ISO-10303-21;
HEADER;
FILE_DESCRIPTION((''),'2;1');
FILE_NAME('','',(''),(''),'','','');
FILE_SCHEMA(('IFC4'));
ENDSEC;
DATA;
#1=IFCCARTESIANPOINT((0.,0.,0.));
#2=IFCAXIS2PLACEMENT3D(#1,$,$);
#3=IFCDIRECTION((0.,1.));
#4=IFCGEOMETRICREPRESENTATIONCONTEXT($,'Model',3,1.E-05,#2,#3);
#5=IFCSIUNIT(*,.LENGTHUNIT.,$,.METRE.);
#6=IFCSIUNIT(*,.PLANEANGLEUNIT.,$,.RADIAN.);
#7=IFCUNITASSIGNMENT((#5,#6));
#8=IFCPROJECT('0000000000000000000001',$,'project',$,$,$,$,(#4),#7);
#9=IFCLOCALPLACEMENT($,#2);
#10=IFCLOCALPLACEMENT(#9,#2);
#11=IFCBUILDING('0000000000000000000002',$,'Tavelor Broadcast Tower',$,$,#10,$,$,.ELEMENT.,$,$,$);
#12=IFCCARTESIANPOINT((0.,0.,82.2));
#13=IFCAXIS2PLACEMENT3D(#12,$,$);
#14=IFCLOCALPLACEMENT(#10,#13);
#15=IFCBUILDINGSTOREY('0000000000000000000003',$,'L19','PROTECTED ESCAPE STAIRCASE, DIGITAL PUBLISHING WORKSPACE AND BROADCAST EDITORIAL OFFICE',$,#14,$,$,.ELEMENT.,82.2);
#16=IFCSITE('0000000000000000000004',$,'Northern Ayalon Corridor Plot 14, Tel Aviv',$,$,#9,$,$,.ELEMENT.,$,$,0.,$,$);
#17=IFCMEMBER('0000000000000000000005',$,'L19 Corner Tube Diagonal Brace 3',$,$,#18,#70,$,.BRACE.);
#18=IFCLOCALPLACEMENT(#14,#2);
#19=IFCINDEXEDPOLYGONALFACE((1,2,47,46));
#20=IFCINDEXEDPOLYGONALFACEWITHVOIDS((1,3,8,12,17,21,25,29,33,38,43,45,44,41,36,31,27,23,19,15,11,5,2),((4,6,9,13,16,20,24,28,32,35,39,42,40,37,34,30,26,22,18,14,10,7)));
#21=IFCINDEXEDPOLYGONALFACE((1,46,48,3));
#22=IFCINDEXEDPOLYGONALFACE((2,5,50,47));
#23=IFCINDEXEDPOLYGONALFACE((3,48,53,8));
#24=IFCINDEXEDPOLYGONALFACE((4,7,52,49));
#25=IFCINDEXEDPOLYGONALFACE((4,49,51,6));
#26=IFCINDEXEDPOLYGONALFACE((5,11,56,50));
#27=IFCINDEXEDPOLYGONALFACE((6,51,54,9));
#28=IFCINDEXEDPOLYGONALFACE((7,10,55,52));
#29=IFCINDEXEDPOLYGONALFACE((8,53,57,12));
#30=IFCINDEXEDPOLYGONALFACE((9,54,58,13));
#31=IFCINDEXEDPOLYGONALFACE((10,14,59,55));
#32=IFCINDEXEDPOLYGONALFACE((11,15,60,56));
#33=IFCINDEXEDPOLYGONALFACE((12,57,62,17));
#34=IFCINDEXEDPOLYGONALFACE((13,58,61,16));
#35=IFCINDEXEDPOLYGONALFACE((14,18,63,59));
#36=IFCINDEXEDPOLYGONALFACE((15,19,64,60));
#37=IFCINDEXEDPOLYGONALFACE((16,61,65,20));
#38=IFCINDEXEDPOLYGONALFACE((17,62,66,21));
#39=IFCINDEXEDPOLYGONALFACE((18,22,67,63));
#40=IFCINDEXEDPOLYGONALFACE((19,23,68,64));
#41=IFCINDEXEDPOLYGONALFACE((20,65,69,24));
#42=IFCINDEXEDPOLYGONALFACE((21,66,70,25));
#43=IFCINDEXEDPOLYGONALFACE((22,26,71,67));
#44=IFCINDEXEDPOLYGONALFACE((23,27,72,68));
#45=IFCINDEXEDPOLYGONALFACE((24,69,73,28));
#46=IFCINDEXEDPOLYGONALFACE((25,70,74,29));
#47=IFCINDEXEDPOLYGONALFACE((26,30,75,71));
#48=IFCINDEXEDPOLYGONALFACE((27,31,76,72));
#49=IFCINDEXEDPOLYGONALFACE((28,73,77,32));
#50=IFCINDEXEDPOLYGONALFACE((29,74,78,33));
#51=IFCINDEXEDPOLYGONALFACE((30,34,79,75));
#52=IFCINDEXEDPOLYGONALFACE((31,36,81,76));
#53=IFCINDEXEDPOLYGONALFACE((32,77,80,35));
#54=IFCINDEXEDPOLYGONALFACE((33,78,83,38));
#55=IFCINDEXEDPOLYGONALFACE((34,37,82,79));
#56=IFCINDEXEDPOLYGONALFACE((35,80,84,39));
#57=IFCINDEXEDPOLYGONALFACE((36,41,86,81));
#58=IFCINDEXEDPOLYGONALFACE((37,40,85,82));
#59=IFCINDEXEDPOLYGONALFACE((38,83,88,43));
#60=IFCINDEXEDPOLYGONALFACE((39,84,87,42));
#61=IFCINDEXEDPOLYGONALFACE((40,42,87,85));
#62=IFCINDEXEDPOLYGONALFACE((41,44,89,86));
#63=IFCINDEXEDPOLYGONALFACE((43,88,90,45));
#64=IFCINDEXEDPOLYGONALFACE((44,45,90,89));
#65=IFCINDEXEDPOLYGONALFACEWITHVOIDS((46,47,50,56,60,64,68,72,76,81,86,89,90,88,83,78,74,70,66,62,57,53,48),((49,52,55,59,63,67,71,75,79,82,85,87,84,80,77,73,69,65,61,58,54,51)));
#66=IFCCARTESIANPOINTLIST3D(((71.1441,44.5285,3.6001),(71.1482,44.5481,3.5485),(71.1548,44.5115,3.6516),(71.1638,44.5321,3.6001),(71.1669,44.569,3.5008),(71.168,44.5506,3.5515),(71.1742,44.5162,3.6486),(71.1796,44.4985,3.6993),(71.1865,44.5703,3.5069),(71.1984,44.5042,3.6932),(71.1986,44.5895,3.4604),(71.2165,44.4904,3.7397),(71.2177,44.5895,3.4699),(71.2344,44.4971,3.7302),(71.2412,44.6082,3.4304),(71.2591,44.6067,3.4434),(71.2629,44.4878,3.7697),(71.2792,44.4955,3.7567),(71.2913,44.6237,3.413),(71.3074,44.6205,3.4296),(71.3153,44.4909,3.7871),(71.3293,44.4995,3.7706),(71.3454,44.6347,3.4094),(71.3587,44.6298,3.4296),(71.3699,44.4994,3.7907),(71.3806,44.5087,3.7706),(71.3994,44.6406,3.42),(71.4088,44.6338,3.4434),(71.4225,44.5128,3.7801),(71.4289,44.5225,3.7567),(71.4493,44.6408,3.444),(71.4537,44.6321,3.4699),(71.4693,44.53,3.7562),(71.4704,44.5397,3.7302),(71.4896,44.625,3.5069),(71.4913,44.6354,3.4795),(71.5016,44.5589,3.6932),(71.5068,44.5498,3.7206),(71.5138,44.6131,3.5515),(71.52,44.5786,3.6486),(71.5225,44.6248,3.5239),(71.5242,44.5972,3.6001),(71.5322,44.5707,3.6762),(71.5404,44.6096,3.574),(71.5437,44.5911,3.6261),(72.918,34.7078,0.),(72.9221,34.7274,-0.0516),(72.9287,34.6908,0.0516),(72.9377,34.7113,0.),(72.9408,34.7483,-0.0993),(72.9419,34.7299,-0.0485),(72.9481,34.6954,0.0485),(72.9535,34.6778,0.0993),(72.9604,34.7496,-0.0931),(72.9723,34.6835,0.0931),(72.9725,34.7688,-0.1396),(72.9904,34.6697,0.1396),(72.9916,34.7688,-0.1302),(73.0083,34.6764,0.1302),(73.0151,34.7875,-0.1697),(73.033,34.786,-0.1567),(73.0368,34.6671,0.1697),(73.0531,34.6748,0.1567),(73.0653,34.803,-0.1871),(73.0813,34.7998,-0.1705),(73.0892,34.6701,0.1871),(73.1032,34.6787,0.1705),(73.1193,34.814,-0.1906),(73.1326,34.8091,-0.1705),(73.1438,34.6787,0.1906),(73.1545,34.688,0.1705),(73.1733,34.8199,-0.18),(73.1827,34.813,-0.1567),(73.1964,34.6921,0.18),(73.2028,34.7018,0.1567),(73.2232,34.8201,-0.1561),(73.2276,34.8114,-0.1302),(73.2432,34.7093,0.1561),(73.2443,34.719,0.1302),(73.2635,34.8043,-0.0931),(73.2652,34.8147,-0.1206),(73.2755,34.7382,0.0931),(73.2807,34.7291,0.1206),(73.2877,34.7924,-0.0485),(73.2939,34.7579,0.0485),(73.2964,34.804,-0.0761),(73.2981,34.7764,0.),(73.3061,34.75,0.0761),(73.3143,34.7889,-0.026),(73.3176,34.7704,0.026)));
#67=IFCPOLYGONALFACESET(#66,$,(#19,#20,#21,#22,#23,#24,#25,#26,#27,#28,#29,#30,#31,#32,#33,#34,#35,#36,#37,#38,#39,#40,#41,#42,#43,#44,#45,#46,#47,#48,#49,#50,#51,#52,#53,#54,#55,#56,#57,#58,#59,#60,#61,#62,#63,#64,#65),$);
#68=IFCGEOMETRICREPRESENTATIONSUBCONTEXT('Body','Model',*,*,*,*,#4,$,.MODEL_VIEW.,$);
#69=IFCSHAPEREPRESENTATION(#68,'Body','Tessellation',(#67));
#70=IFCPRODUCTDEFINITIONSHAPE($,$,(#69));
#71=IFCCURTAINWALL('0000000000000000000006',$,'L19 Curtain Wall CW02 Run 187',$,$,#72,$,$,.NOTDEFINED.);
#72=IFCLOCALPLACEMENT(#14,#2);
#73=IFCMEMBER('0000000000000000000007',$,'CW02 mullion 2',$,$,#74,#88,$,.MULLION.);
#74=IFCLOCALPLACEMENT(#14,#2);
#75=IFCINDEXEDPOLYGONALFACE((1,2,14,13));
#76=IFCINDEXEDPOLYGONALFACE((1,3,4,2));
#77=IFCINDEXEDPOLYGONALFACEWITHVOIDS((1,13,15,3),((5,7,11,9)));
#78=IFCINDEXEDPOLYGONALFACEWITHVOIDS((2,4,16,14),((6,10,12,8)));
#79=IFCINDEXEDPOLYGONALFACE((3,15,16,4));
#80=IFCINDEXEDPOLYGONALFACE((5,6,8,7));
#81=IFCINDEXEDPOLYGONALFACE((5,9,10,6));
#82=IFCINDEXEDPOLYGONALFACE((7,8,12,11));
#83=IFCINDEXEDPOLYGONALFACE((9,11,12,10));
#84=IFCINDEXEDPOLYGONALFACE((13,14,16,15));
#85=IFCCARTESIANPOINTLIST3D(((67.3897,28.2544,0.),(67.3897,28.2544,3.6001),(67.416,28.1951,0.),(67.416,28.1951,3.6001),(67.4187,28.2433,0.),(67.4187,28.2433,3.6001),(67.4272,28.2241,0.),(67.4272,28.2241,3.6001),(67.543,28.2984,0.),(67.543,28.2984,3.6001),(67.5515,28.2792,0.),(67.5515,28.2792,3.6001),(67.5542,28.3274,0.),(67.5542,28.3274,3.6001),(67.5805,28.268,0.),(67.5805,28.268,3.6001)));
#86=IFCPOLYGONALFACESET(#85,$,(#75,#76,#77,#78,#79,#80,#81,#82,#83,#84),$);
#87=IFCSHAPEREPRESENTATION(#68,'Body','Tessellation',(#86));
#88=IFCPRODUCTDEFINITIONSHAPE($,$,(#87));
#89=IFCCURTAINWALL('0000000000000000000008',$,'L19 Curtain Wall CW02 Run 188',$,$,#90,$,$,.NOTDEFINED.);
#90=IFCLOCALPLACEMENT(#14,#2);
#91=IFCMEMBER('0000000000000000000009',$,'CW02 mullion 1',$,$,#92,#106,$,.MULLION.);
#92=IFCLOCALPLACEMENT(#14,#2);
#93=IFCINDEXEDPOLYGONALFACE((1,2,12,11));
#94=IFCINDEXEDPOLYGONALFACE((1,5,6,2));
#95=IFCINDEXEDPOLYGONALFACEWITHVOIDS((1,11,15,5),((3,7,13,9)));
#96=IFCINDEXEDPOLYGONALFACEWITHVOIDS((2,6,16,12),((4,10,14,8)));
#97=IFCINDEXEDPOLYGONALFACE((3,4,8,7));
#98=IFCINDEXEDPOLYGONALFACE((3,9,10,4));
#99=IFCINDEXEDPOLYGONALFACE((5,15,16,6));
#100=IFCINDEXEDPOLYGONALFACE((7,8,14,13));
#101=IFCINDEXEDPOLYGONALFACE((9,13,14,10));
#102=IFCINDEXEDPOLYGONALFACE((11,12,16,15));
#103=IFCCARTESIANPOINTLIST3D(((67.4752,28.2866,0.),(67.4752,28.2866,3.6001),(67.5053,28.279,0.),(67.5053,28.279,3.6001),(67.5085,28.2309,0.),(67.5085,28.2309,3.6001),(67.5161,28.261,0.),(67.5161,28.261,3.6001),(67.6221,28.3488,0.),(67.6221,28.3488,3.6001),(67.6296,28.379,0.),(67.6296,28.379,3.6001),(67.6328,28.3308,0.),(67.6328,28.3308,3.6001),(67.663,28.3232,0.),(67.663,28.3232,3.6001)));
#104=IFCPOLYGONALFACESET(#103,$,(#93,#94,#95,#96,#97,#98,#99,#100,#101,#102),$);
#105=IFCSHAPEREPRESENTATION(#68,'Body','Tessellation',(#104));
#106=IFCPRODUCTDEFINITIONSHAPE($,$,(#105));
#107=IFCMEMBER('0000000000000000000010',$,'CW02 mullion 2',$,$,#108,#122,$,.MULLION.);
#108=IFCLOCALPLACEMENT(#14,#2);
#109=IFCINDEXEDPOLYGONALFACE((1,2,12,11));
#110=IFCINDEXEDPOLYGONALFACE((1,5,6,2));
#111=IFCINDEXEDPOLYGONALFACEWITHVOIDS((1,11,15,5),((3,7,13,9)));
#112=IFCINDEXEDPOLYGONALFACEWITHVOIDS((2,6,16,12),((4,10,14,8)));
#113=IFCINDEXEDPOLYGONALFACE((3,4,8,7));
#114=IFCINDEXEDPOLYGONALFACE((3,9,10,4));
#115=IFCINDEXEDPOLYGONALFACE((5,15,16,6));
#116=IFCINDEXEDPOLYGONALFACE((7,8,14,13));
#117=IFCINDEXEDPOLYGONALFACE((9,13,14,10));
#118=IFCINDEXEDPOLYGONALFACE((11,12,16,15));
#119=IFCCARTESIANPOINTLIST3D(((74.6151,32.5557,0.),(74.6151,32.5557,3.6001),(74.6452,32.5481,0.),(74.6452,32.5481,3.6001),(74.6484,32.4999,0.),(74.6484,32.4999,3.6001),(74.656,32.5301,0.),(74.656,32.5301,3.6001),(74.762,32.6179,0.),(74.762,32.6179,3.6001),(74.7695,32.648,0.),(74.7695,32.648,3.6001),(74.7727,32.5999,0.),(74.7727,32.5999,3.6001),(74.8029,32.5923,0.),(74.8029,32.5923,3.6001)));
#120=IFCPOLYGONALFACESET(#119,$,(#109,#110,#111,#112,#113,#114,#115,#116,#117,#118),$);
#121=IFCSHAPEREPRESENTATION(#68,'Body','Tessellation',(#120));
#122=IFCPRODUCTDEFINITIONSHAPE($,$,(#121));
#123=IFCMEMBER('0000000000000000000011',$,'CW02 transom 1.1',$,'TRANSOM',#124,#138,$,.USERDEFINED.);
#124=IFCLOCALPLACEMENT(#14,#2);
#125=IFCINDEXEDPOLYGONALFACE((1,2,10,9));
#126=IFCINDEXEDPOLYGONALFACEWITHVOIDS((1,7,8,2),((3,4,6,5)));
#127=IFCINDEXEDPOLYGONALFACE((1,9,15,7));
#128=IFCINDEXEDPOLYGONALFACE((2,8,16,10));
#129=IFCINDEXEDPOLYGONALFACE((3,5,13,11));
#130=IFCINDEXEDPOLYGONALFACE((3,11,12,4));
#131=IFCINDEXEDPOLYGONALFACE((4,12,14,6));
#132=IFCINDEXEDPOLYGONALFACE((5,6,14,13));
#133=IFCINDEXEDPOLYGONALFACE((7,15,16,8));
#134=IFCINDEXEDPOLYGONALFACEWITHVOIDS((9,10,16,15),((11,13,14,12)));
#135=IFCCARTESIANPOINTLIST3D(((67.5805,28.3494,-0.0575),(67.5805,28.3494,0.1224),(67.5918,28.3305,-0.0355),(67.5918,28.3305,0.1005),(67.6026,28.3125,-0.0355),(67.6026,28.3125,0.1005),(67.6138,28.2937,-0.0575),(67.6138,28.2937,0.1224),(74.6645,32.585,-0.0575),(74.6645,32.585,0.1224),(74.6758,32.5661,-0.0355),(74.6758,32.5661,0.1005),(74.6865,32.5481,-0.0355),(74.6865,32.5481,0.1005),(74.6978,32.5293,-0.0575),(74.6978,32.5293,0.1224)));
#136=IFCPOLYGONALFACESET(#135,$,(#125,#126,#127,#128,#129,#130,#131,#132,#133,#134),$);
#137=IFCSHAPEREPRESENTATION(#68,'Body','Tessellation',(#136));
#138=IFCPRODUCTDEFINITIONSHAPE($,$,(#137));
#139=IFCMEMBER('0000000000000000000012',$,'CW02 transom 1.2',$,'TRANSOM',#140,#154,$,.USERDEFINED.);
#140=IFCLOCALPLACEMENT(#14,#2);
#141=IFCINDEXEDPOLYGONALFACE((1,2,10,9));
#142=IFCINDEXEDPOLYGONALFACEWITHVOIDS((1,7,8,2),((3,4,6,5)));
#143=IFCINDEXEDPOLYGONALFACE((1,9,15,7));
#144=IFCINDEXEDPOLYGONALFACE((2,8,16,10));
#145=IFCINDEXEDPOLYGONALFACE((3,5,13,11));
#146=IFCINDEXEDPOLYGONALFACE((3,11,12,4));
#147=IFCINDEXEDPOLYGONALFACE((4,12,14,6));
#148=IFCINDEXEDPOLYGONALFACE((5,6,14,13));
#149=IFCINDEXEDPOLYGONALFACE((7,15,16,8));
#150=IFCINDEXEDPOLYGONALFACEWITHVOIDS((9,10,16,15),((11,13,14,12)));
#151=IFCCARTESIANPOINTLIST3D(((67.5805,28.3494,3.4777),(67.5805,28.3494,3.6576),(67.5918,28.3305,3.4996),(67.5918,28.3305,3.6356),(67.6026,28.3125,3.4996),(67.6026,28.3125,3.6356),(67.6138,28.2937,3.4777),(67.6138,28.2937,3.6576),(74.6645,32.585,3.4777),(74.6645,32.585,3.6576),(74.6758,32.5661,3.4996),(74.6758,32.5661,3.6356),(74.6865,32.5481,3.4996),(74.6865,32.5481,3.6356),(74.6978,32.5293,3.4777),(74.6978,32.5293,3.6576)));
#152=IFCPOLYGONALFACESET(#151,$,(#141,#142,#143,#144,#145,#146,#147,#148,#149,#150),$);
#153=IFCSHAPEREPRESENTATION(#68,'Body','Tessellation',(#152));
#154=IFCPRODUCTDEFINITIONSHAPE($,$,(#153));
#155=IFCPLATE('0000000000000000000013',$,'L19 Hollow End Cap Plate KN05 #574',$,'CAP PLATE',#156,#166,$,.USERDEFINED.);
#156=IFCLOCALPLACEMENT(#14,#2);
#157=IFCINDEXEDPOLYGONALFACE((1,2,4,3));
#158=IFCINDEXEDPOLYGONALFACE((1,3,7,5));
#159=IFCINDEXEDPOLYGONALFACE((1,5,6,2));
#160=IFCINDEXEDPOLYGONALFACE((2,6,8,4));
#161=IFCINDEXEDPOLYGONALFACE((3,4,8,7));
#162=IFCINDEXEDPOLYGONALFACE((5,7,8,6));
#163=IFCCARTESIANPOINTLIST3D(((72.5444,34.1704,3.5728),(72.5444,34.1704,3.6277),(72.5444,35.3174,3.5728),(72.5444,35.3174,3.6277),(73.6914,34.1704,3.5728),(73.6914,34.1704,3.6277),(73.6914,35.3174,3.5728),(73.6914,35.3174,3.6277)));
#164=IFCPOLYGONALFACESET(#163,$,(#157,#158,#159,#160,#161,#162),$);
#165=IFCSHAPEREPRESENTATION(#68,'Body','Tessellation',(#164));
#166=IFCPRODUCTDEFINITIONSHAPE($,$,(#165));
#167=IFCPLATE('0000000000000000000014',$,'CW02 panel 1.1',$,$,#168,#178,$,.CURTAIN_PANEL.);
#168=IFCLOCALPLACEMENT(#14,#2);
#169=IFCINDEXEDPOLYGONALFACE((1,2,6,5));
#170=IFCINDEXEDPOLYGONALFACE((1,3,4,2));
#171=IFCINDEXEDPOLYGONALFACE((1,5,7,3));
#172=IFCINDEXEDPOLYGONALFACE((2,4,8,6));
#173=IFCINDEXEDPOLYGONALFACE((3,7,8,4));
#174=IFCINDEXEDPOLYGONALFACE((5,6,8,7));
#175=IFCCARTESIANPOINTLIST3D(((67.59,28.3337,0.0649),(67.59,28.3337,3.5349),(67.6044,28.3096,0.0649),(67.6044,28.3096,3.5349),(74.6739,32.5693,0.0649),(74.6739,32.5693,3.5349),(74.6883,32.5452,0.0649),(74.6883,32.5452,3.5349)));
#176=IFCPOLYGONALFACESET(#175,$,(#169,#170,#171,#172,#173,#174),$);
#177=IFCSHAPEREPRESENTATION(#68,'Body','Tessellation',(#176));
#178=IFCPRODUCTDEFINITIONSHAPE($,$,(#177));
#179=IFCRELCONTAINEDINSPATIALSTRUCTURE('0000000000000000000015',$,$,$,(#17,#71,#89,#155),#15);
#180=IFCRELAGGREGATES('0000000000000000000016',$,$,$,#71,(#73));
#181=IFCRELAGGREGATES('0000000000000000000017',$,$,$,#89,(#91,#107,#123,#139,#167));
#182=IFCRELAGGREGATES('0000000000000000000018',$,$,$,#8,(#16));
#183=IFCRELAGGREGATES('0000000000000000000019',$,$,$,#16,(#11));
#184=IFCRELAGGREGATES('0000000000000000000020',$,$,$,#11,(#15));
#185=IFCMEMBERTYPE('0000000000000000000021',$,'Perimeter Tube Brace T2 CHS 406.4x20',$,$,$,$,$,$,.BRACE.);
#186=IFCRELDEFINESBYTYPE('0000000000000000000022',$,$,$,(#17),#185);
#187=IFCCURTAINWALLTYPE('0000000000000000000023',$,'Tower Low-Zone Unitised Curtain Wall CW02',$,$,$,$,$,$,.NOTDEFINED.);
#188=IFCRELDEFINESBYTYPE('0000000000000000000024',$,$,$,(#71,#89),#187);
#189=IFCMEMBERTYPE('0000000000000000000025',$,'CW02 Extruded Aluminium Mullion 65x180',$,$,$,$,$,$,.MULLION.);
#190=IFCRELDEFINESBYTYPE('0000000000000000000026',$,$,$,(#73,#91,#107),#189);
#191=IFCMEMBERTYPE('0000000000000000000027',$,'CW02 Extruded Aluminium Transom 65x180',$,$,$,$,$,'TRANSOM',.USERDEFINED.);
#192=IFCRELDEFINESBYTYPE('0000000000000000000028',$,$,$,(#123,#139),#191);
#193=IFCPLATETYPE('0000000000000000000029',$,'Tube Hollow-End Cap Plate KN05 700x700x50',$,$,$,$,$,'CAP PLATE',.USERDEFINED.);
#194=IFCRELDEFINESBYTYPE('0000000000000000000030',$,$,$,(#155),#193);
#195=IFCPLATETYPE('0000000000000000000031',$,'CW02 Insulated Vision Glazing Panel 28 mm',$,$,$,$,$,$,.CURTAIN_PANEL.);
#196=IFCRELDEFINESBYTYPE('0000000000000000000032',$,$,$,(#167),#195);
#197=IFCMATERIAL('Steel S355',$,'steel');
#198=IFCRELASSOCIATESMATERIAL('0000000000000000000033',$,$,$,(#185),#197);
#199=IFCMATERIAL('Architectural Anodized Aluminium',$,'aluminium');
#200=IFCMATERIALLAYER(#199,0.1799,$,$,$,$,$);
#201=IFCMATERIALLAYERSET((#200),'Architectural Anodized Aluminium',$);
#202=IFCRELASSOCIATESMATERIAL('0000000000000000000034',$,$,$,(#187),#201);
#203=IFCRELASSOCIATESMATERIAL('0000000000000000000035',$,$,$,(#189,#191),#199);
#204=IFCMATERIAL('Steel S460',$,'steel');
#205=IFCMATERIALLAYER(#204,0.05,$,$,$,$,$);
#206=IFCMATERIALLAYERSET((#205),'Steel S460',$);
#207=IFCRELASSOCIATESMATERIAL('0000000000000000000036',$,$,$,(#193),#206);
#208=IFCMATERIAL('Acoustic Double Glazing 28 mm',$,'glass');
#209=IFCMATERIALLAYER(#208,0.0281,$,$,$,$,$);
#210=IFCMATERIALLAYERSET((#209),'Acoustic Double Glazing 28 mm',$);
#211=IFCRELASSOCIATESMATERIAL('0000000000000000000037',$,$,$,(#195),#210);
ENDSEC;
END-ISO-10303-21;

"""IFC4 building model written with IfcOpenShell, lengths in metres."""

from ifc_helpers import new_model, si_unit, direction, frame, origin, origin_2d, place, context, subcontext, project, spatial, rectangle, hollow_rectangle, hollow_circle, extrude, source, transform, mapped, material, layer, layer_set, material_profile, profile_set, type_object, type_shapes, element, aggregate, save


model = new_model("IFC4")

# Units and contexts
model_context = context("Model", 3, precision=1e-05, world=origin(), true_north=direction((0.0, 1.0)))
body_context = subcontext(model_context, "Body", "Model", "MODEL_VIEW")
ifc_project = project(units=[si_unit("LENGTHUNIT", "METRE"), si_unit("PLANEANGLEUNIT", "RADIAN")], contexts=[model_context])

# Site, building, storey
site_placement = place(None, origin())
site = spatial("IfcSite", under=ifc_project, at=site_placement, Name="Northern Ayalon Corridor Plot 14, Tel Aviv", CompositionType="ELEMENT", RefElevation=0.0)
building_placement = place(site_placement, origin())
building = spatial("IfcBuilding", under=site, at=building_placement, Name="Tavelor Broadcast Tower", CompositionType="ELEMENT")
storey_placement = place(building_placement, frame((0.0, 0.0, 82.2)))
storey = spatial("IfcBuildingStorey", under=building, at=storey_placement, Name="L19", Description="PROTECTED ESCAPE STAIRCASE, DIGITAL PUBLISHING WORKSPACE AND BROADCAST EDITORIAL OFFICE", CompositionType="ELEMENT", Elevation=82.2)

# Shared definitions
ifc_material_1 = material(Name="Steel S460", Category="steel")

# Shared definitions
ifc_material_2 = material(Name="Steel S355", Category="steel")

# Member
ifc_material_profile_1 = material_profile(ifc_material_2, hollow_circle(Radius=0.2031, WallThickness=0.02, at=origin_2d()), Name="CHS 406.4x20")
ifc_profile_set_1 = profile_set([ifc_material_profile_1], Name="Steel S355")
member_type_1 = type_object("IfcMemberType", Name="Perimeter Tube Brace T2 CHS 406.4x20", PredefinedType="BRACE", material=ifc_profile_set_1)
member_1_placement = place(storey_placement, frame((73.1179, 34.7439, 0.0), z_axis=(-0.167206, 0.925685, 0.339337), x_axis=(-0.984075, -0.177753, 0.0)))
element("IfcMember", 1, at=member_1_placement, inside=storey, type_object=member_type_1, Name="L19 Corner Tube Diagonal Brace 3", PredefinedType="BRACE", context=body_context, shape_type="SweptSolid", body=[
    extrude(hollow_circle(Radius=0.2031, WallThickness=0.02, at=origin_2d()), origin(), (0.0, 0.0, 1.0), 10.6091),
])

# Curtain wall, member
ifc_material_3 = material(Name="Architectural Anodized Aluminium", Category="aluminium")
ifc_layer_1 = layer(ifc_material_3, 0.1799)
ifc_layer_set_1 = layer_set([ifc_layer_1], Name="Architectural Anodized Aluminium")
curtain_wall_type = type_object("IfcCurtainWallType", Name="Tower Low-Zone Unitised Curtain Wall CW02", PredefinedType="NOTDEFINED", material=ifc_layer_set_1)
curtain_wall_1_placement = place(storey_placement, origin())
curtain_wall_1 = element("IfcCurtainWall", 2, at=curtain_wall_1_placement, inside=storey, type_object=curtain_wall_type, Name="L19 Curtain Wall CW02 Run 187", PredefinedType="NOTDEFINED")
ifc_material_profile_2 = material_profile(ifc_material_3, hollow_rectangle(XDim=0.0649, YDim=0.1799, WallThickness=0.022, at=origin_2d()), Name="RHS 65x180x22")
ifc_profile_set_2 = profile_set([ifc_material_profile_2], Name="Architectural Anodized Aluminium")
member_type_2 = type_object("IfcMemberType", Name="CW02 Extruded Aluminium Mullion 65x180", PredefinedType="MULLION", material=ifc_profile_set_2)
shared_shape_1 = source(origin(), body_context, "Body", "SweptSolid", [
    extrude(hollow_rectangle(XDim=0.0649, YDim=0.1799, WallThickness=0.022, at=origin_2d()), origin(), (0.0, 0.0, 1.0), 3.6001),
])
type_shapes(member_type_2, [shared_shape_1])
member_2_placement = place(storey_placement, frame((67.4851, 28.2612, 0.0), z_axis=(0.0, 0.0, 1.0), x_axis=(-0.405553, 0.914072, 0.0)))
member_2 = element("IfcMember", 3, at=member_2_placement, type_object=member_type_2, Name="CW02 mullion 2", PredefinedType="MULLION", context=body_context, shape_type="MappedRepresentation", body=[
    mapped(shared_shape_1, transform((0.0, 0.0, 0.0), scale=1.0)),
])
aggregate(curtain_wall_1, [member_2])

# Curtain wall, members
curtain_wall_2_placement = place(storey_placement, origin())
curtain_wall_2 = element("IfcCurtainWall", 4, at=curtain_wall_2_placement, inside=storey, type_object=curtain_wall_type, Name="L19 Curtain Wall CW02 Run 188", PredefinedType="NOTDEFINED")
member_3_placement = place(storey_placement, frame((67.5691, 28.3049, 0.0), z_axis=(0.0, 0.0, 1.0), x_axis=(-0.513183, 0.858279, 0.0)))
member_3 = element("IfcMember", 5, at=member_3_placement, type_object=member_type_2, Name="CW02 mullion 1", PredefinedType="MULLION", context=body_context, shape_type="MappedRepresentation", body=[
    mapped(shared_shape_1, transform((0.0, 0.0, 0.0), scale=1.0)),
])
member_4_placement = place(storey_placement, frame((74.709, 32.574, 0.0), z_axis=(0.0, 0.0, 1.0), x_axis=(-0.513183, 0.858279, 0.0)))
member_4 = element("IfcMember", 6, at=member_4_placement, type_object=member_type_2, Name="CW02 mullion 2", PredefinedType="MULLION", context=body_context, shape_type="MappedRepresentation", body=[
    mapped(shared_shape_1, transform((0.0, 0.0, 0.0), scale=1.0)),
])
ifc_material_profile_3 = material_profile(ifc_material_3, hollow_rectangle(XDim=0.0649, YDim=0.1799, WallThickness=0.022, at=origin_2d()), Name="RHS 65x180x22")
ifc_profile_set_3 = profile_set([ifc_material_profile_3], Name="Architectural Anodized Aluminium")
member_type_3 = type_object("IfcMemberType", Name="CW02 Extruded Aluminium Transom 65x180", ElementType="TRANSOM", PredefinedType="USERDEFINED", material=ifc_profile_set_3)
shared_shape_2 = source(origin(), body_context, "Body", "SweptSolid", [
    extrude(hollow_rectangle(XDim=0.0649, YDim=0.1799, WallThickness=0.022, at=origin_2d()), origin(), (0.0, 0.0, 1.0), 8.2537),
])
type_shapes(member_type_3, [shared_shape_2])
member_5_placement = place(storey_placement, frame((67.5972, 28.3215, 0.0325), z_axis=(0.858283, 0.513177, 0.0), x_axis=(-0.513177, 0.858283, 0.0)))
member_5 = element("IfcMember", 7, at=member_5_placement, type_object=member_type_3, Name="CW02 transom 1.1", ObjectType="TRANSOM", PredefinedType="USERDEFINED", context=body_context, shape_type="MappedRepresentation", body=[
    mapped(shared_shape_2, transform((0.0, 0.0, 0.0), scale=1.0)),
])
member_6_placement = place(storey_placement, frame((67.5972, 28.3215, 3.5676), z_axis=(0.858283, 0.513177, 0.0), x_axis=(-0.513177, 0.858283, 0.0)))
member_6 = element("IfcMember", 8, at=member_6_placement, type_object=member_type_3, Name="CW02 transom 1.2", ObjectType="TRANSOM", PredefinedType="USERDEFINED", context=body_context, shape_type="MappedRepresentation", body=[
    mapped(shared_shape_2, transform((0.0, 0.0, 0.0), scale=1.0)),
])

# Plates
ifc_layer_2 = layer(ifc_material_1, 0.05)
ifc_layer_set_2 = layer_set([ifc_layer_2], Name="Steel S460")
plate_type_1 = type_object("IfcPlateType", Name="Tube Hollow-End Cap Plate KN05 700x700x50", ElementType="CAP PLATE", PredefinedType="USERDEFINED", material=ifc_layer_set_2)
shared_shape_3 = source(origin(), body_context, "Body", "SweptSolid", [
    extrude(rectangle(XDim=1.147, YDim=1.147, at=origin_2d()), origin(), (0.0, 0.0, 1.0), 0.0549),
])
type_shapes(plate_type_1, [shared_shape_3])
plate_1_placement = place(storey_placement, frame((73.1179, 34.7439, 3.5728), z_axis=(0.0, 0.0, 1.0), x_axis=(1.0, 0.0, 0.0)))
element("IfcPlate", 9, at=plate_1_placement, inside=storey, type_object=plate_type_1, Name="L19 Hollow End Cap Plate KN05 #574", ObjectType="CAP PLATE", PredefinedType="USERDEFINED", context=body_context, shape_type="MappedRepresentation", body=[
    mapped(shared_shape_3, transform((0.0, 0.0, 0.0), scale=1.0)),
])
ifc_material_4 = material(Name="Acoustic Double Glazing 28 mm", Category="glass")
ifc_layer_3 = layer(ifc_material_4, 0.0281)
ifc_layer_set_3 = layer_set([ifc_layer_3], Name="Acoustic Double Glazing 28 mm")
plate_type_2 = type_object("IfcPlateType", Name="CW02 Insulated Vision Glazing Panel 28 mm", PredefinedType="CURTAIN_PANEL", material=ifc_layer_set_3)
shared_shape_4 = source(origin(), body_context, "Body", "SweptSolid", [
    extrude(rectangle(XDim=8.2537, YDim=0.0281, at=origin_2d()), origin(), (0.0, 0.0, 1.0), 3.47),
])
type_shapes(plate_type_2, [shared_shape_4])
plate_2_placement = place(storey_placement, frame((71.1392, 30.4395, 0.0649), z_axis=(0.0, 0.0, 1.0), x_axis=(0.858279, 0.513183, 0.0)))
plate_2 = element("IfcPlate", 10, at=plate_2_placement, type_object=plate_type_2, Name="CW02 panel 1.1", PredefinedType="CURTAIN_PANEL", context=body_context, shape_type="MappedRepresentation", body=[
    mapped(shared_shape_4, transform((0.0, 0.0, 0.0), scale=1.0)),
])
aggregate(curtain_wall_2, [member_3, member_4, member_5, member_6, plate_2])

save(model, "model.ifc")
